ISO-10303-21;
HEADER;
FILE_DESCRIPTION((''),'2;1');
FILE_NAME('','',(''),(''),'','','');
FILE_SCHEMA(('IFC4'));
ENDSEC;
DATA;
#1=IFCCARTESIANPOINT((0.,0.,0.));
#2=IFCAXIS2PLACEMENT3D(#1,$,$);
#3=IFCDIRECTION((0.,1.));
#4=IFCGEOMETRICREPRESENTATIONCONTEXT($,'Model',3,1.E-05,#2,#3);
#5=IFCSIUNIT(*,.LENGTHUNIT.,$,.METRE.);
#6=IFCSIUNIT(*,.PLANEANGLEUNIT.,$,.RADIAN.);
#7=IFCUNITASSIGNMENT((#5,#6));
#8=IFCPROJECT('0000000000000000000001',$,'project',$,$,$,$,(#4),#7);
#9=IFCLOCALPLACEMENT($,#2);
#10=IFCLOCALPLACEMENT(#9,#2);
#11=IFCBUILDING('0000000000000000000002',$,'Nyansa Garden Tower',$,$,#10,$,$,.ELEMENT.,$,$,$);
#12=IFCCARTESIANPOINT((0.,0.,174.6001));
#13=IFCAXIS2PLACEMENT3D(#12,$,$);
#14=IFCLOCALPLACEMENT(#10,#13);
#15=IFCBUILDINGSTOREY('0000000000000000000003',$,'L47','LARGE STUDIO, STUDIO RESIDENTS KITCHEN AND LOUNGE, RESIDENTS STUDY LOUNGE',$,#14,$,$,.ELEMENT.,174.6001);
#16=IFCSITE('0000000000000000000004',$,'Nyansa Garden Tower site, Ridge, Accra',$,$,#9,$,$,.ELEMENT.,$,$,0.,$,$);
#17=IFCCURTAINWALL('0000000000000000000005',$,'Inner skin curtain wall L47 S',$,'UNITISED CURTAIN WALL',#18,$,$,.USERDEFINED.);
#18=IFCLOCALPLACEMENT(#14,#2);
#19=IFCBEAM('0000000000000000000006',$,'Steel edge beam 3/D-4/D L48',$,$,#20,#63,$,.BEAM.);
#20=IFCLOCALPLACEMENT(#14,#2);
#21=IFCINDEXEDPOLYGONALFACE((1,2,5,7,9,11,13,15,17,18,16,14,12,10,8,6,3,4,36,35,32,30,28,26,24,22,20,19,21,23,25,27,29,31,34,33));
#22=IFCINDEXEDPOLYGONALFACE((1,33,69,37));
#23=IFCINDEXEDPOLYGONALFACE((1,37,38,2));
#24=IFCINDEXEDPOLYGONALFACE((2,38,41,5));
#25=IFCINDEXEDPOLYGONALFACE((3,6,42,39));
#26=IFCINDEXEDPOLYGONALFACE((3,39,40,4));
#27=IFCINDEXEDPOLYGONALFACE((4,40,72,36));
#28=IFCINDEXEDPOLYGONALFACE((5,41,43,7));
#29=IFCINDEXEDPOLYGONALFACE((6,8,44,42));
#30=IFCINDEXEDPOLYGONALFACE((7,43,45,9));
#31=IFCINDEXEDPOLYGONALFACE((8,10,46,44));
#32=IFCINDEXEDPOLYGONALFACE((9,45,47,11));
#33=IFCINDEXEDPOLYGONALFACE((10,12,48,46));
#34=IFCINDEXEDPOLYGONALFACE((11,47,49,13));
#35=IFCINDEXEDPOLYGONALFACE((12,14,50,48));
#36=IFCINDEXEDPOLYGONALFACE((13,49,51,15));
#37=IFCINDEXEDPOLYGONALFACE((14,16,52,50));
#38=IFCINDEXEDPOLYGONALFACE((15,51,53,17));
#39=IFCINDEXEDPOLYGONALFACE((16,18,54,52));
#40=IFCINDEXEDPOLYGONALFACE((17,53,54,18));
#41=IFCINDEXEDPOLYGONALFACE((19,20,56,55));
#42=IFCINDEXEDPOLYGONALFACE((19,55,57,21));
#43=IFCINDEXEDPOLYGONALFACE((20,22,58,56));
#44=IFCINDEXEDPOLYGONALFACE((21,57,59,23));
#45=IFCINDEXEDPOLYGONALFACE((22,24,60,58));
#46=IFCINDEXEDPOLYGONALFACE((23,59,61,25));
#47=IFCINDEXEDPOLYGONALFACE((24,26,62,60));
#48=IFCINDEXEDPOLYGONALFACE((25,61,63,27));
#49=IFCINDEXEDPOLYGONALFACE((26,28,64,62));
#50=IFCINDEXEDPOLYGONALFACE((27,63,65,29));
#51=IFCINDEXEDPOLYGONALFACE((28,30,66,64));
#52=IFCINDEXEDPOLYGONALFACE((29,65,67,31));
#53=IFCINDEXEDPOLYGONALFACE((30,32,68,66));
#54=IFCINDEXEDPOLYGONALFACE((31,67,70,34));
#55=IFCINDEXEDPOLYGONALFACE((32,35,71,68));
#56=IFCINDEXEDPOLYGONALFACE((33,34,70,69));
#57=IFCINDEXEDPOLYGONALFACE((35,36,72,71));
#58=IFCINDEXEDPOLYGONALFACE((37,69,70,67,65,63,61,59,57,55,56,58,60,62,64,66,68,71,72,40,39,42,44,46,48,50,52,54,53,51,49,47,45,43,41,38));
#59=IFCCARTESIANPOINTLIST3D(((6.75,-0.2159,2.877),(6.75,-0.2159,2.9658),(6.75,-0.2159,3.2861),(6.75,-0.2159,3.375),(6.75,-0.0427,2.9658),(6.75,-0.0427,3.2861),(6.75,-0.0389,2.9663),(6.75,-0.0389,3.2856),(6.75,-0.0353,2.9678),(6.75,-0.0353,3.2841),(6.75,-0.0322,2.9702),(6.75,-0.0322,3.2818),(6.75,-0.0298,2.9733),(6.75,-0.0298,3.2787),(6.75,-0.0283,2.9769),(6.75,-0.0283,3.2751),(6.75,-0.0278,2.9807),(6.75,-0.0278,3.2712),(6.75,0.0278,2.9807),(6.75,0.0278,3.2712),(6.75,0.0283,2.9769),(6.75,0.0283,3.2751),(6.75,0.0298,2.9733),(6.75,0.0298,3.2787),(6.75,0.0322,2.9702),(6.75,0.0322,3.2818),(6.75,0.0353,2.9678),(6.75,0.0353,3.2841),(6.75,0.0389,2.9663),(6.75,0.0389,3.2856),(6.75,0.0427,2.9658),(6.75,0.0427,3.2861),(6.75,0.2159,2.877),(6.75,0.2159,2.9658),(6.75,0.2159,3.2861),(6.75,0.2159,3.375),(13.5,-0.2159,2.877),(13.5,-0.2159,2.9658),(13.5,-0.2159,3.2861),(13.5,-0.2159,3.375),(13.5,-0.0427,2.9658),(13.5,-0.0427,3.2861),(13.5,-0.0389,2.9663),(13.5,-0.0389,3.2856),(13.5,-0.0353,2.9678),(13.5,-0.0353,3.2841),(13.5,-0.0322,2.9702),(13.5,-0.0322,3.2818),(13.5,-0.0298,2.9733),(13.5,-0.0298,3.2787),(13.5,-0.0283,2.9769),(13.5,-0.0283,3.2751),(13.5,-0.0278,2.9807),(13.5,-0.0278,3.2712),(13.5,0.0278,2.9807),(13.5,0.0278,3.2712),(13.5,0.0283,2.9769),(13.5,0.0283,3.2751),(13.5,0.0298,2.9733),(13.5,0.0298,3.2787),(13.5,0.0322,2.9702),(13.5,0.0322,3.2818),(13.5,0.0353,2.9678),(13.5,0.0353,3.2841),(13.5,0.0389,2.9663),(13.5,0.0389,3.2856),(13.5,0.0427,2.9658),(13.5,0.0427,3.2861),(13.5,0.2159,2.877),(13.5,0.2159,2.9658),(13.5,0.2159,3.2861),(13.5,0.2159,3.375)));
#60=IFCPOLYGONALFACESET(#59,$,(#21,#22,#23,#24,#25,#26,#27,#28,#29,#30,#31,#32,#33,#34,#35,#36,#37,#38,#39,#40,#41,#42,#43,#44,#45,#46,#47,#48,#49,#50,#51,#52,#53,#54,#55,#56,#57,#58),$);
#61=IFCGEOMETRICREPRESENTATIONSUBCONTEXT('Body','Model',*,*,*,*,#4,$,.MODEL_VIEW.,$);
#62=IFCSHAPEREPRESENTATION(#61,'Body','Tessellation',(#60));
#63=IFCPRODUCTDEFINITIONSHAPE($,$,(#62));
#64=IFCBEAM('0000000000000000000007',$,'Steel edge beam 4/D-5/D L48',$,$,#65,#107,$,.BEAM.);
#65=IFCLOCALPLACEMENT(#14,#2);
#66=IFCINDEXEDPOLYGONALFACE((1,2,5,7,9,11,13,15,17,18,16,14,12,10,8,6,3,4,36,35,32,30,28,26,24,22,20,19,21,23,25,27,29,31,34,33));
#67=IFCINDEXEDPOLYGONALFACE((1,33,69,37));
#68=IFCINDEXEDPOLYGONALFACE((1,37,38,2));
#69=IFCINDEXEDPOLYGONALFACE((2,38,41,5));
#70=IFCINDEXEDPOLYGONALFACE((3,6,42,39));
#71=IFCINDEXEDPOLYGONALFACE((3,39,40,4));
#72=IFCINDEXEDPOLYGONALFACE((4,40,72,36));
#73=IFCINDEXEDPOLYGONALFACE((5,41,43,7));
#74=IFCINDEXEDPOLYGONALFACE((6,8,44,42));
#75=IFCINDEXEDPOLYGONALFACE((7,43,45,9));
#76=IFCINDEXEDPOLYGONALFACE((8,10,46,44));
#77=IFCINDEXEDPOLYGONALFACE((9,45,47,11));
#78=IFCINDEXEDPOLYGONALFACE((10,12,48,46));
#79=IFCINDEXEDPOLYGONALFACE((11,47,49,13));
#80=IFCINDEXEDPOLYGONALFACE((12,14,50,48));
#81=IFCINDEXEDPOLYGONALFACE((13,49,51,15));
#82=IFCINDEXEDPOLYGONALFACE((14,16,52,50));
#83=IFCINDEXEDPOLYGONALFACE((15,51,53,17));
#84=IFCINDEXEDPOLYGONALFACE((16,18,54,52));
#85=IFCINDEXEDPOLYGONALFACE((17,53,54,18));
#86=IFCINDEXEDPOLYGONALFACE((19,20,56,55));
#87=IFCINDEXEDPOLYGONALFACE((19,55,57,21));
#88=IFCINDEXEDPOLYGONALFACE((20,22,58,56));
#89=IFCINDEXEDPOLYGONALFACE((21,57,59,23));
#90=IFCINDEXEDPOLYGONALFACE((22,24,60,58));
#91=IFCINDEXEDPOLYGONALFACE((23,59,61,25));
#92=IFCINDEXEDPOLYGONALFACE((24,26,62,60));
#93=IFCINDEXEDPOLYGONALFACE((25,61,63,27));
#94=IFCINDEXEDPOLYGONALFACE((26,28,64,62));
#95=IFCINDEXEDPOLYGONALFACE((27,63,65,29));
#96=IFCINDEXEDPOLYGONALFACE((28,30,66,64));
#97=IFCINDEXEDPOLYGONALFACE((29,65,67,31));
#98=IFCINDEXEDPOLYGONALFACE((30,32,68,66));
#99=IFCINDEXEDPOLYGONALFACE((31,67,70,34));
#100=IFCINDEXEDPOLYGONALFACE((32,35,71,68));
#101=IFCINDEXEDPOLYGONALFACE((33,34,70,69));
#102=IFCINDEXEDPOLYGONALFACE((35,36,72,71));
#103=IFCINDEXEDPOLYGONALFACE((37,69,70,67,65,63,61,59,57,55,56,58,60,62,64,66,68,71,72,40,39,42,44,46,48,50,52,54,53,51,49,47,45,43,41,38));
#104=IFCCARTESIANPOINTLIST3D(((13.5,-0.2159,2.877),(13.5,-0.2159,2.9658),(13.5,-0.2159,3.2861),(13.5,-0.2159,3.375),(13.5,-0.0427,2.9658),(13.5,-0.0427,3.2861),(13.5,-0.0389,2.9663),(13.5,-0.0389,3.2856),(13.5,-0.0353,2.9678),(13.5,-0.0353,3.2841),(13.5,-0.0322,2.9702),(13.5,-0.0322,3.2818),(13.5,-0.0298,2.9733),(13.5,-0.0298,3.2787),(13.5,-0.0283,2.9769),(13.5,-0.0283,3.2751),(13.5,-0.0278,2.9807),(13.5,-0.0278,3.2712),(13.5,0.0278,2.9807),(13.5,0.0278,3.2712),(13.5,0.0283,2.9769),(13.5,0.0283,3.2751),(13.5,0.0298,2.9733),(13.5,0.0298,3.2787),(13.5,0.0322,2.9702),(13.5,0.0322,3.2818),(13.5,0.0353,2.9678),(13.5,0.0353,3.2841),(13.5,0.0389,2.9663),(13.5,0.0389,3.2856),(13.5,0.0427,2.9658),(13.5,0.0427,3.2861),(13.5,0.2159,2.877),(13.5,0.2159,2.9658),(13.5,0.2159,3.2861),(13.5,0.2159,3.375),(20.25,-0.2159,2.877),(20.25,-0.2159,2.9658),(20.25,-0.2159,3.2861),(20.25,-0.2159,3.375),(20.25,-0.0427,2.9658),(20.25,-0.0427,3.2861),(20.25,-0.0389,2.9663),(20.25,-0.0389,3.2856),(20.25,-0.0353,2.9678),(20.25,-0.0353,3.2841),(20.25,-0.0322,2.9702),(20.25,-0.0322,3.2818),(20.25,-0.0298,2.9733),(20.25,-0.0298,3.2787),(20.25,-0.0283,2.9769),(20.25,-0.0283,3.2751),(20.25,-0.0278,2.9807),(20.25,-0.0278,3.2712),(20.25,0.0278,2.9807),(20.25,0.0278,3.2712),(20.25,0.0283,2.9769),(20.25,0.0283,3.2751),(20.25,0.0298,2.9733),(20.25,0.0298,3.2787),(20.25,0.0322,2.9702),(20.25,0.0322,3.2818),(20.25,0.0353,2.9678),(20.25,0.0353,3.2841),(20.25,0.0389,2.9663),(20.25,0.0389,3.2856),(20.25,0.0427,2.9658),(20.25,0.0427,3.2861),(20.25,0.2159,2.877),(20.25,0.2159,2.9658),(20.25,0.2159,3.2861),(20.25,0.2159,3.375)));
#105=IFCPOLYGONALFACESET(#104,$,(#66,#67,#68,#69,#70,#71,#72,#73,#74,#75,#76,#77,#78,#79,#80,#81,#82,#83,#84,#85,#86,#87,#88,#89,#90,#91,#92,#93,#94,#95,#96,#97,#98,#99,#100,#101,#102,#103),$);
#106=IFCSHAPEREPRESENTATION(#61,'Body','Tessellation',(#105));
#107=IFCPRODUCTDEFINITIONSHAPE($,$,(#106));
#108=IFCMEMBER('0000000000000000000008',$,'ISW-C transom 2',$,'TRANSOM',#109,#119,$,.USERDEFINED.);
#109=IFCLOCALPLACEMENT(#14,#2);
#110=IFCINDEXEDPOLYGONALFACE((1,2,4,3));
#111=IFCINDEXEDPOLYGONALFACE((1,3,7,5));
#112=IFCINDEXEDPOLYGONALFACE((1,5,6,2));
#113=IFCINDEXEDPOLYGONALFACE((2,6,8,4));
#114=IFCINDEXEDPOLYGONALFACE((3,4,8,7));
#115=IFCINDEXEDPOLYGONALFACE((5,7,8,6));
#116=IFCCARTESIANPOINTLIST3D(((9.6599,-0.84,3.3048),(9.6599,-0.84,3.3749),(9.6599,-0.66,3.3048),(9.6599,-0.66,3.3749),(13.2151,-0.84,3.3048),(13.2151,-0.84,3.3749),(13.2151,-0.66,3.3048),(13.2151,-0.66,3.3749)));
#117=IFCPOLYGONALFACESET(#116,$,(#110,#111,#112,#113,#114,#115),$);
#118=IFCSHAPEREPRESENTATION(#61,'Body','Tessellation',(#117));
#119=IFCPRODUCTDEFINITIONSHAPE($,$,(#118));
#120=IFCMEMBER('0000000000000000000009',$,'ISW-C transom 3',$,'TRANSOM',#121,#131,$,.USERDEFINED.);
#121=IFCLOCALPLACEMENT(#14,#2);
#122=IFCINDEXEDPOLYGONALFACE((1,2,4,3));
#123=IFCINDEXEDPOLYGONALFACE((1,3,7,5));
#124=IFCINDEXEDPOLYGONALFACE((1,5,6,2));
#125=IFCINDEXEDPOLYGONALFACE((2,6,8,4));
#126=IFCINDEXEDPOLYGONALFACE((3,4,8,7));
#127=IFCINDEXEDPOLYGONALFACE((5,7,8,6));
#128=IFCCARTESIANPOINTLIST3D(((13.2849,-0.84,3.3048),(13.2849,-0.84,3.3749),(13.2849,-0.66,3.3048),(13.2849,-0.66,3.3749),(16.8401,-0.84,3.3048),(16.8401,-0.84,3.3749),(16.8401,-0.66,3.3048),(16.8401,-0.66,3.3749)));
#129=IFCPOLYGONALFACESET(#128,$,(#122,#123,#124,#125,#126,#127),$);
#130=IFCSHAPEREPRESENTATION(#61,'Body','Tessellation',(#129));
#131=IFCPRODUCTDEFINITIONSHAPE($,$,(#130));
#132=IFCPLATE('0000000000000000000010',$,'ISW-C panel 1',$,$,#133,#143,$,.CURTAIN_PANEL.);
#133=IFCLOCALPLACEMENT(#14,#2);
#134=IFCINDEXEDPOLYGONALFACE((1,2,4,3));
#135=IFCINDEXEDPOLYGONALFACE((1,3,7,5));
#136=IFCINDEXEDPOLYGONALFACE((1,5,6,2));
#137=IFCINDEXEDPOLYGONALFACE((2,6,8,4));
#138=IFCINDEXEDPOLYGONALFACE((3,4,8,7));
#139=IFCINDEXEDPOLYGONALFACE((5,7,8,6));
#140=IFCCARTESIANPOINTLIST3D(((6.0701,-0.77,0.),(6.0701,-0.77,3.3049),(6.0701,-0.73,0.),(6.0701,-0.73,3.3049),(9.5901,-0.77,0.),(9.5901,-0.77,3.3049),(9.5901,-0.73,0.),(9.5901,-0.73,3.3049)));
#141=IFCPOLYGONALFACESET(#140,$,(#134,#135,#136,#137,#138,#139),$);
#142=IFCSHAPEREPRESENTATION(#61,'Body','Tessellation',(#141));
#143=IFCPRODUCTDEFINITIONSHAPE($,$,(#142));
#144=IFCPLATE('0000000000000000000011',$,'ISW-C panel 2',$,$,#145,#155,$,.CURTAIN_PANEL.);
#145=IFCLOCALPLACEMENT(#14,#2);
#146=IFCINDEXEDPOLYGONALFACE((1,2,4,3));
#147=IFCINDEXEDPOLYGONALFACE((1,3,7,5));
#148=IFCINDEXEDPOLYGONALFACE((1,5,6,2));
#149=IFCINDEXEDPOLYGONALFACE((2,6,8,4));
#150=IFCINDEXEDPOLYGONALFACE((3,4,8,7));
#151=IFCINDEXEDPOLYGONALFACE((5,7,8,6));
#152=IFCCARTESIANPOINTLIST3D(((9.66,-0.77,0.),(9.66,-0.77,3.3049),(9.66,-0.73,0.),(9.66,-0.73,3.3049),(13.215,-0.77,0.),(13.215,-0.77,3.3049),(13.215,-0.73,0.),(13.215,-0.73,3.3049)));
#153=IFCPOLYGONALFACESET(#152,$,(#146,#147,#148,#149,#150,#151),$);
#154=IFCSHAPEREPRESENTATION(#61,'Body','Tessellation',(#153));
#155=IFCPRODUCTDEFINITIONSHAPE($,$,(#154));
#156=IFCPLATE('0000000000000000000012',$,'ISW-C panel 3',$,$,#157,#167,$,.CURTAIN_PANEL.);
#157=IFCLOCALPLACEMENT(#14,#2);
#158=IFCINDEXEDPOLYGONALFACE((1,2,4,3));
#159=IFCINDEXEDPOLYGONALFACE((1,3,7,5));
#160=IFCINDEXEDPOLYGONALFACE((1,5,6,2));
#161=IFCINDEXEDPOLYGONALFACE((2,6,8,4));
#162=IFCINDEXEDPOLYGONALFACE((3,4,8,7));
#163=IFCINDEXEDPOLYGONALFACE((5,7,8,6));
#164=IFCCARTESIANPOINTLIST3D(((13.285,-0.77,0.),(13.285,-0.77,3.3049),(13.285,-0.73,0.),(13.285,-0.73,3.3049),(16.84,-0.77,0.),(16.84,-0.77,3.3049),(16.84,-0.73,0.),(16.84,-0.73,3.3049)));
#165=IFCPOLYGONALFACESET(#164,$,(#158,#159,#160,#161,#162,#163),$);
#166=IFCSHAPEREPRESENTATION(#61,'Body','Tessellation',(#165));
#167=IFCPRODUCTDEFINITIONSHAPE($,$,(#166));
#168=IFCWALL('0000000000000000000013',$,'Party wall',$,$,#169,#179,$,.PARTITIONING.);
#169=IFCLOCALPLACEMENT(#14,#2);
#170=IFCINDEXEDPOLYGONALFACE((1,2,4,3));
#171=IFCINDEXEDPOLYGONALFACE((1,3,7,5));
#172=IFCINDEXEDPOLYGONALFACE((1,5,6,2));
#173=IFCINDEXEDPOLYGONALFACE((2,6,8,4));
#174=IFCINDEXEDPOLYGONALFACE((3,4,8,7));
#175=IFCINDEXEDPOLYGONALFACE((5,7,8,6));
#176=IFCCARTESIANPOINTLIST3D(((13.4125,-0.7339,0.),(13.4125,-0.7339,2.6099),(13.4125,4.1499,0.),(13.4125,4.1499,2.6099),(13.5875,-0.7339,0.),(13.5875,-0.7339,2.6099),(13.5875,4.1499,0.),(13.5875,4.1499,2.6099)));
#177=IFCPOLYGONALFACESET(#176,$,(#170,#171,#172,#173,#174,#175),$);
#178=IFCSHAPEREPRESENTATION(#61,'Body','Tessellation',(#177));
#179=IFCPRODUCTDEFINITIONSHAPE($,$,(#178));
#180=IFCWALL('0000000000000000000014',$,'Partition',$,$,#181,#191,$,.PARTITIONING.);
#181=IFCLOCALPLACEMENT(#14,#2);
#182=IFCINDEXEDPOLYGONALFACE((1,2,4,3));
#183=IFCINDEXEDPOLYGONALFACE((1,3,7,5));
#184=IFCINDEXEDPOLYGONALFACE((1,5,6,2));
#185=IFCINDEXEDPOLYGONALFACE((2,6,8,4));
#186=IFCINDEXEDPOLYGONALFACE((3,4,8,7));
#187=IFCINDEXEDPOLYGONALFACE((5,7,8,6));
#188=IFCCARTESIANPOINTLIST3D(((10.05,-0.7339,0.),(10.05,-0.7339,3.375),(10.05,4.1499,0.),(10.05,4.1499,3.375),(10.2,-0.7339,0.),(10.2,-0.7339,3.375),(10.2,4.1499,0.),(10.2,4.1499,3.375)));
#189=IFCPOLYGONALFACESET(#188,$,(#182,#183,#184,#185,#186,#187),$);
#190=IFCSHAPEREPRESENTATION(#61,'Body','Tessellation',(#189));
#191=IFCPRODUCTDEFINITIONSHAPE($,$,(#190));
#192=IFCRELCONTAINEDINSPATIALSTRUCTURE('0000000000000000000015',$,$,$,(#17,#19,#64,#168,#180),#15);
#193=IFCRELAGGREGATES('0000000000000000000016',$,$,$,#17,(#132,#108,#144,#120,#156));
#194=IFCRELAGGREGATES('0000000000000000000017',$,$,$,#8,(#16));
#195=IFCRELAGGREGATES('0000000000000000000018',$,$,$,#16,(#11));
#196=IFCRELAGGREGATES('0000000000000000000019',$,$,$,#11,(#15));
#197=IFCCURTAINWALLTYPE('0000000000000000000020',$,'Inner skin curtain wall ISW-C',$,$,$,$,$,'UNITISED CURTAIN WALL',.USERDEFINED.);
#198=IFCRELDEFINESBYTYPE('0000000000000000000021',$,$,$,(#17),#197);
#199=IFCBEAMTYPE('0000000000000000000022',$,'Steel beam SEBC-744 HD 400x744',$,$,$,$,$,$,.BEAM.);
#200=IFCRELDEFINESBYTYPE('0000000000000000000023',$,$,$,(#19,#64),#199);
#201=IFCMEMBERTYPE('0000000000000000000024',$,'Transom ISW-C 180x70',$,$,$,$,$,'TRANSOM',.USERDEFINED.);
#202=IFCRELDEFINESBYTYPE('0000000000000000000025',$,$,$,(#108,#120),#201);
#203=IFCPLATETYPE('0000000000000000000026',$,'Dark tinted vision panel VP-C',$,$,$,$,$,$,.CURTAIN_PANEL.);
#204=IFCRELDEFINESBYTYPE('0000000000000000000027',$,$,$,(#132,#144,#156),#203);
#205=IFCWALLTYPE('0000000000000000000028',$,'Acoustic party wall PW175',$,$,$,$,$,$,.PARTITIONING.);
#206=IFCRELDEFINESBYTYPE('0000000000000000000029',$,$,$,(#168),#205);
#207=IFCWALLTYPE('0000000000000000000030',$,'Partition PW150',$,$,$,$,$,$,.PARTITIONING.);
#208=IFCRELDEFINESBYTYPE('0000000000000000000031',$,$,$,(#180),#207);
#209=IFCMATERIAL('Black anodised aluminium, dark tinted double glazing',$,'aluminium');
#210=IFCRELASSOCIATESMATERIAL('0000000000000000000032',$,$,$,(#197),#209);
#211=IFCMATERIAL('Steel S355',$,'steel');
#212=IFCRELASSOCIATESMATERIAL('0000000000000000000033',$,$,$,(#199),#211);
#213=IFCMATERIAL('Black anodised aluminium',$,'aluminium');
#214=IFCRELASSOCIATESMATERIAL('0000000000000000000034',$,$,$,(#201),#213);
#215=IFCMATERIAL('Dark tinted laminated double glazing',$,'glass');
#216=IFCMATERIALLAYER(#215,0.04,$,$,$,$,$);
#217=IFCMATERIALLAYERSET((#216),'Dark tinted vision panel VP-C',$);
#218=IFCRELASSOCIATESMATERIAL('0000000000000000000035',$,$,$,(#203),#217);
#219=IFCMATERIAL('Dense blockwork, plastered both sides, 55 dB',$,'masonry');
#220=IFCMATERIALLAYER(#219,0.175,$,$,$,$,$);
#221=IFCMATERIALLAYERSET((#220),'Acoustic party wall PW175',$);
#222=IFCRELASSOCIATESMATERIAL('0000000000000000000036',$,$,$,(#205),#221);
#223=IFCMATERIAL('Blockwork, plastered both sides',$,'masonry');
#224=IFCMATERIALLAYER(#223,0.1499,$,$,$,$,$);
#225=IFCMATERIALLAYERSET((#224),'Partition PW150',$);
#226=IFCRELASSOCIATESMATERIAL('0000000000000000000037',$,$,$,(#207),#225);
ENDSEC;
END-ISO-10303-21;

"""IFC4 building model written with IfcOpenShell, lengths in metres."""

from ifc_helpers import new_model, si_unit, direction, frame, frame_2d, origin, origin_2d, place, context, subcontext, project, spatial, rectangle, i_section, extrude, material, layer, layer_set, material_profile, profile_set, type_object, element, aggregate, save


model = new_model("IFC4")

# Units and contexts
model_context = context("Model", 3, precision=1e-05, world=origin(), true_north=direction((0.0, 1.0)))
body_context = subcontext(model_context, "Body", "Model", "MODEL_VIEW")
ifc_project = project(units=[si_unit("LENGTHUNIT", "METRE"), si_unit("PLANEANGLEUNIT", "RADIAN")], contexts=[model_context])

# Site, building, storey
site_placement = place(None, origin())
site = spatial("IfcSite", under=ifc_project, at=site_placement, Name="Nyansa Garden Tower site, Ridge, Accra", CompositionType="ELEMENT", RefElevation=0.0)
building_placement = place(site_placement, origin())
building = spatial("IfcBuilding", under=site, at=building_placement, Name="Nyansa Garden Tower", CompositionType="ELEMENT")
storey_placement = place(building_placement, frame((0.0, 0.0, 174.6001)))
storey = spatial("IfcBuildingStorey", under=building, at=storey_placement, Name="L47", Description="LARGE STUDIO, STUDIO RESIDENTS KITCHEN AND LOUNGE, RESIDENTS STUDY LOUNGE", CompositionType="ELEMENT", Elevation=174.6001)

# Curtain wall
ifc_material_1 = material(Name="Black anodised aluminium, dark tinted double glazing", Category="aluminium")
curtain_wall_type = type_object("IfcCurtainWallType", Name="Inner skin curtain wall ISW-C", ElementType="UNITISED CURTAIN WALL", PredefinedType="USERDEFINED", material=ifc_material_1)
curtain_wall_placement = place(storey_placement, origin())
curtain_wall = element("IfcCurtainWall", 1, at=curtain_wall_placement, inside=storey, type_object=curtain_wall_type, Name="Inner skin curtain wall L47 S", ObjectType="UNITISED CURTAIN WALL", PredefinedType="USERDEFINED")

# Beams
ifc_material_2 = material(Name="Steel S355", Category="steel")
ifc_material_profile_1 = material_profile(ifc_material_2, i_section(OverallWidth=0.4319, OverallDepth=0.498, WebThickness=0.0557, FlangeThickness=0.0889, FilletRadius=0.0149, at=origin_2d()), Name="HD 400x744")
ifc_profile_set_1 = profile_set([ifc_material_profile_1], Name="Steel S355")
beam_type_1 = type_object("IfcBeamType", Name="Steel beam SEBC-744 HD 400x744", PredefinedType="BEAM", material=ifc_profile_set_1)
for number, where, z_axis, x_axis, name in (
    (2, (6.75, 0.0, 3.126), (1.0, 0.0, 0.0), (0.0, 1.0, 0.0), "Steel edge beam 3/D-4/D L48"),
    (3, (13.5, 0.0, 3.126), (1.0, 0.0, 0.0), (0.0, 1.0, 0.0), "Steel edge beam 4/D-5/D L48"),
):
    element("IfcBeam", number, at=place(storey_placement, frame(where, z_axis=z_axis, x_axis=x_axis)), inside=storey, type_object=beam_type_1, Name=name, PredefinedType="BEAM", context=body_context, shape_type="SweptSolid", body=[
        extrude(i_section(OverallWidth=0.4319, OverallDepth=0.498, WebThickness=0.0557, FlangeThickness=0.0889, FilletRadius=0.0149, at=origin_2d()), origin(), (0.0, 0.0, 1.0), 6.75),
    ])

# Members
ifc_material_3 = material(Name="Black anodised aluminium", Category="aluminium")
ifc_material_profile_2 = material_profile(ifc_material_3, rectangle(XDim=0.1799, YDim=0.0701, at=origin_2d()), Name="Transom 180x70")
ifc_profile_set_2 = profile_set([ifc_material_profile_2], Name="Black anodised aluminium")
member_type_1 = type_object("IfcMemberType", Name="Transom ISW-C 180x70", ElementType="TRANSOM", PredefinedType="USERDEFINED", material=ifc_profile_set_2)
member_1_placement = place(storey_placement, frame((9.6599, -0.75, 3.3398), z_axis=(1.0, 0.0, 0.0), x_axis=(0.0, 1.0, 0.0)))
member_1 = element("IfcMember", 4, at=member_1_placement, type_object=member_type_1, Name="ISW-C transom 2", ObjectType="TRANSOM", PredefinedType="USERDEFINED", context=body_context, shape_type="SweptSolid", body=[
    extrude(rectangle(XDim=0.1799, YDim=0.0701, at=origin_2d()), origin(), (0.0, 0.0, 1.0), 3.5552),
])
member_2_placement = place(storey_placement, frame((13.2849, -0.75, 3.3398), z_axis=(1.0, 0.0, 0.0), x_axis=(0.0, 1.0, 0.0)))
member_2 = element("IfcMember", 5, at=member_2_placement, type_object=member_type_1, Name="ISW-C transom 3", ObjectType="TRANSOM", PredefinedType="USERDEFINED", context=body_context, shape_type="SweptSolid", body=[
    extrude(rectangle(XDim=0.1799, YDim=0.0701, at=origin_2d()), origin(), (0.0, 0.0, 1.0), 3.5552),
])

# Plates
ifc_material_4 = material(Name="Dark tinted laminated double glazing", Category="glass")
ifc_layer_1 = layer(ifc_material_4, 0.04)
ifc_layer_set_1 = layer_set([ifc_layer_1], Name="Dark tinted vision panel VP-C")
plate_type = type_object("IfcPlateType", Name="Dark tinted vision panel VP-C", PredefinedType="CURTAIN_PANEL", material=ifc_layer_set_1)
plate_1_placement = place(storey_placement, frame((7.8301, -0.75, 0.0), z_axis=(0.0, 0.0, 1.0), x_axis=(1.0, 0.0, 0.0)))
plate_1 = element("IfcPlate", 6, at=plate_1_placement, type_object=plate_type, Name="ISW-C panel 1", PredefinedType="CURTAIN_PANEL", context=body_context, shape_type="SweptSolid", body=[
    extrude(rectangle(XDim=3.52, YDim=0.04, at=origin_2d()), origin(), (0.0, 0.0, 1.0), 3.3049),
])
plate_2_placement = place(storey_placement, frame((11.4375, -0.75, 0.0), z_axis=(0.0, 0.0, 1.0), x_axis=(1.0, 0.0, 0.0)))
plate_2 = element("IfcPlate", 7, at=plate_2_placement, type_object=plate_type, Name="ISW-C panel 2", PredefinedType="CURTAIN_PANEL", context=body_context, shape_type="SweptSolid", body=[
    extrude(rectangle(XDim=3.5549, YDim=0.04, at=origin_2d()), origin(), (0.0, 0.0, 1.0), 3.3049),
])
plate_3_placement = place(storey_placement, frame((15.0625, -0.75, 0.0), z_axis=(0.0, 0.0, 1.0), x_axis=(1.0, 0.0, 0.0)))
plate_3 = element("IfcPlate", 8, at=plate_3_placement, type_object=plate_type, Name="ISW-C panel 3", PredefinedType="CURTAIN_PANEL", context=body_context, shape_type="SweptSolid", body=[
    extrude(rectangle(XDim=3.5549, YDim=0.04, at=origin_2d()), origin(), (0.0, 0.0, 1.0), 3.3049),
])
aggregate(curtain_wall, [plate_1, member_1, plate_2, member_2, plate_3])

# Walls
ifc_material_5 = material(Name="Dense blockwork, plastered both sides, 55 dB", Category="masonry")
ifc_layer_2 = layer(ifc_material_5, 0.175)
ifc_layer_set_2 = layer_set([ifc_layer_2], Name="Acoustic party wall PW175")
wall_type_1 = type_object("IfcWallType", Name="Acoustic party wall PW175", PredefinedType="PARTITIONING", material=ifc_layer_set_2)
wall_1_placement = place(storey_placement, frame((13.5, -0.7339, 0.0), z_axis=(0.0, 0.0, 1.0), x_axis=(0.0, 1.0, 0.0)))
element("IfcWall", 9, at=wall_1_placement, inside=storey, type_object=wall_type_1, Name="Party wall", PredefinedType="PARTITIONING", context=body_context, shape_type="SweptSolid", body=[
    extrude(rectangle(XDim=4.8838, YDim=0.175, at=frame_2d((2.4419, 0.0))), origin(), (0.0, 0.0, 1.0), 2.6099),
])
ifc_material_6 = material(Name="Blockwork, plastered both sides", Category="masonry")
ifc_layer_3 = layer(ifc_material_6, 0.1499)
ifc_layer_set_3 = layer_set([ifc_layer_3], Name="Partition PW150")
wall_type_2 = type_object("IfcWallType", Name="Partition PW150", PredefinedType="PARTITIONING", material=ifc_layer_set_3)
wall_2_placement = place(storey_placement, frame((10.125, -0.7339, 0.0), z_axis=(0.0, 0.0, 1.0), x_axis=(0.0, 1.0, 0.0)))
element("IfcWall", 10, at=wall_2_placement, inside=storey, type_object=wall_type_2, Name="Partition", PredefinedType="PARTITIONING", context=body_context, shape_type="SweptSolid", body=[
    extrude(rectangle(XDim=4.8838, YDim=0.1499, at=frame_2d((2.4419, 0.0))), origin(), (0.0, 0.0, 1.0), 3.375),
])

save(model, "model.ifc")
